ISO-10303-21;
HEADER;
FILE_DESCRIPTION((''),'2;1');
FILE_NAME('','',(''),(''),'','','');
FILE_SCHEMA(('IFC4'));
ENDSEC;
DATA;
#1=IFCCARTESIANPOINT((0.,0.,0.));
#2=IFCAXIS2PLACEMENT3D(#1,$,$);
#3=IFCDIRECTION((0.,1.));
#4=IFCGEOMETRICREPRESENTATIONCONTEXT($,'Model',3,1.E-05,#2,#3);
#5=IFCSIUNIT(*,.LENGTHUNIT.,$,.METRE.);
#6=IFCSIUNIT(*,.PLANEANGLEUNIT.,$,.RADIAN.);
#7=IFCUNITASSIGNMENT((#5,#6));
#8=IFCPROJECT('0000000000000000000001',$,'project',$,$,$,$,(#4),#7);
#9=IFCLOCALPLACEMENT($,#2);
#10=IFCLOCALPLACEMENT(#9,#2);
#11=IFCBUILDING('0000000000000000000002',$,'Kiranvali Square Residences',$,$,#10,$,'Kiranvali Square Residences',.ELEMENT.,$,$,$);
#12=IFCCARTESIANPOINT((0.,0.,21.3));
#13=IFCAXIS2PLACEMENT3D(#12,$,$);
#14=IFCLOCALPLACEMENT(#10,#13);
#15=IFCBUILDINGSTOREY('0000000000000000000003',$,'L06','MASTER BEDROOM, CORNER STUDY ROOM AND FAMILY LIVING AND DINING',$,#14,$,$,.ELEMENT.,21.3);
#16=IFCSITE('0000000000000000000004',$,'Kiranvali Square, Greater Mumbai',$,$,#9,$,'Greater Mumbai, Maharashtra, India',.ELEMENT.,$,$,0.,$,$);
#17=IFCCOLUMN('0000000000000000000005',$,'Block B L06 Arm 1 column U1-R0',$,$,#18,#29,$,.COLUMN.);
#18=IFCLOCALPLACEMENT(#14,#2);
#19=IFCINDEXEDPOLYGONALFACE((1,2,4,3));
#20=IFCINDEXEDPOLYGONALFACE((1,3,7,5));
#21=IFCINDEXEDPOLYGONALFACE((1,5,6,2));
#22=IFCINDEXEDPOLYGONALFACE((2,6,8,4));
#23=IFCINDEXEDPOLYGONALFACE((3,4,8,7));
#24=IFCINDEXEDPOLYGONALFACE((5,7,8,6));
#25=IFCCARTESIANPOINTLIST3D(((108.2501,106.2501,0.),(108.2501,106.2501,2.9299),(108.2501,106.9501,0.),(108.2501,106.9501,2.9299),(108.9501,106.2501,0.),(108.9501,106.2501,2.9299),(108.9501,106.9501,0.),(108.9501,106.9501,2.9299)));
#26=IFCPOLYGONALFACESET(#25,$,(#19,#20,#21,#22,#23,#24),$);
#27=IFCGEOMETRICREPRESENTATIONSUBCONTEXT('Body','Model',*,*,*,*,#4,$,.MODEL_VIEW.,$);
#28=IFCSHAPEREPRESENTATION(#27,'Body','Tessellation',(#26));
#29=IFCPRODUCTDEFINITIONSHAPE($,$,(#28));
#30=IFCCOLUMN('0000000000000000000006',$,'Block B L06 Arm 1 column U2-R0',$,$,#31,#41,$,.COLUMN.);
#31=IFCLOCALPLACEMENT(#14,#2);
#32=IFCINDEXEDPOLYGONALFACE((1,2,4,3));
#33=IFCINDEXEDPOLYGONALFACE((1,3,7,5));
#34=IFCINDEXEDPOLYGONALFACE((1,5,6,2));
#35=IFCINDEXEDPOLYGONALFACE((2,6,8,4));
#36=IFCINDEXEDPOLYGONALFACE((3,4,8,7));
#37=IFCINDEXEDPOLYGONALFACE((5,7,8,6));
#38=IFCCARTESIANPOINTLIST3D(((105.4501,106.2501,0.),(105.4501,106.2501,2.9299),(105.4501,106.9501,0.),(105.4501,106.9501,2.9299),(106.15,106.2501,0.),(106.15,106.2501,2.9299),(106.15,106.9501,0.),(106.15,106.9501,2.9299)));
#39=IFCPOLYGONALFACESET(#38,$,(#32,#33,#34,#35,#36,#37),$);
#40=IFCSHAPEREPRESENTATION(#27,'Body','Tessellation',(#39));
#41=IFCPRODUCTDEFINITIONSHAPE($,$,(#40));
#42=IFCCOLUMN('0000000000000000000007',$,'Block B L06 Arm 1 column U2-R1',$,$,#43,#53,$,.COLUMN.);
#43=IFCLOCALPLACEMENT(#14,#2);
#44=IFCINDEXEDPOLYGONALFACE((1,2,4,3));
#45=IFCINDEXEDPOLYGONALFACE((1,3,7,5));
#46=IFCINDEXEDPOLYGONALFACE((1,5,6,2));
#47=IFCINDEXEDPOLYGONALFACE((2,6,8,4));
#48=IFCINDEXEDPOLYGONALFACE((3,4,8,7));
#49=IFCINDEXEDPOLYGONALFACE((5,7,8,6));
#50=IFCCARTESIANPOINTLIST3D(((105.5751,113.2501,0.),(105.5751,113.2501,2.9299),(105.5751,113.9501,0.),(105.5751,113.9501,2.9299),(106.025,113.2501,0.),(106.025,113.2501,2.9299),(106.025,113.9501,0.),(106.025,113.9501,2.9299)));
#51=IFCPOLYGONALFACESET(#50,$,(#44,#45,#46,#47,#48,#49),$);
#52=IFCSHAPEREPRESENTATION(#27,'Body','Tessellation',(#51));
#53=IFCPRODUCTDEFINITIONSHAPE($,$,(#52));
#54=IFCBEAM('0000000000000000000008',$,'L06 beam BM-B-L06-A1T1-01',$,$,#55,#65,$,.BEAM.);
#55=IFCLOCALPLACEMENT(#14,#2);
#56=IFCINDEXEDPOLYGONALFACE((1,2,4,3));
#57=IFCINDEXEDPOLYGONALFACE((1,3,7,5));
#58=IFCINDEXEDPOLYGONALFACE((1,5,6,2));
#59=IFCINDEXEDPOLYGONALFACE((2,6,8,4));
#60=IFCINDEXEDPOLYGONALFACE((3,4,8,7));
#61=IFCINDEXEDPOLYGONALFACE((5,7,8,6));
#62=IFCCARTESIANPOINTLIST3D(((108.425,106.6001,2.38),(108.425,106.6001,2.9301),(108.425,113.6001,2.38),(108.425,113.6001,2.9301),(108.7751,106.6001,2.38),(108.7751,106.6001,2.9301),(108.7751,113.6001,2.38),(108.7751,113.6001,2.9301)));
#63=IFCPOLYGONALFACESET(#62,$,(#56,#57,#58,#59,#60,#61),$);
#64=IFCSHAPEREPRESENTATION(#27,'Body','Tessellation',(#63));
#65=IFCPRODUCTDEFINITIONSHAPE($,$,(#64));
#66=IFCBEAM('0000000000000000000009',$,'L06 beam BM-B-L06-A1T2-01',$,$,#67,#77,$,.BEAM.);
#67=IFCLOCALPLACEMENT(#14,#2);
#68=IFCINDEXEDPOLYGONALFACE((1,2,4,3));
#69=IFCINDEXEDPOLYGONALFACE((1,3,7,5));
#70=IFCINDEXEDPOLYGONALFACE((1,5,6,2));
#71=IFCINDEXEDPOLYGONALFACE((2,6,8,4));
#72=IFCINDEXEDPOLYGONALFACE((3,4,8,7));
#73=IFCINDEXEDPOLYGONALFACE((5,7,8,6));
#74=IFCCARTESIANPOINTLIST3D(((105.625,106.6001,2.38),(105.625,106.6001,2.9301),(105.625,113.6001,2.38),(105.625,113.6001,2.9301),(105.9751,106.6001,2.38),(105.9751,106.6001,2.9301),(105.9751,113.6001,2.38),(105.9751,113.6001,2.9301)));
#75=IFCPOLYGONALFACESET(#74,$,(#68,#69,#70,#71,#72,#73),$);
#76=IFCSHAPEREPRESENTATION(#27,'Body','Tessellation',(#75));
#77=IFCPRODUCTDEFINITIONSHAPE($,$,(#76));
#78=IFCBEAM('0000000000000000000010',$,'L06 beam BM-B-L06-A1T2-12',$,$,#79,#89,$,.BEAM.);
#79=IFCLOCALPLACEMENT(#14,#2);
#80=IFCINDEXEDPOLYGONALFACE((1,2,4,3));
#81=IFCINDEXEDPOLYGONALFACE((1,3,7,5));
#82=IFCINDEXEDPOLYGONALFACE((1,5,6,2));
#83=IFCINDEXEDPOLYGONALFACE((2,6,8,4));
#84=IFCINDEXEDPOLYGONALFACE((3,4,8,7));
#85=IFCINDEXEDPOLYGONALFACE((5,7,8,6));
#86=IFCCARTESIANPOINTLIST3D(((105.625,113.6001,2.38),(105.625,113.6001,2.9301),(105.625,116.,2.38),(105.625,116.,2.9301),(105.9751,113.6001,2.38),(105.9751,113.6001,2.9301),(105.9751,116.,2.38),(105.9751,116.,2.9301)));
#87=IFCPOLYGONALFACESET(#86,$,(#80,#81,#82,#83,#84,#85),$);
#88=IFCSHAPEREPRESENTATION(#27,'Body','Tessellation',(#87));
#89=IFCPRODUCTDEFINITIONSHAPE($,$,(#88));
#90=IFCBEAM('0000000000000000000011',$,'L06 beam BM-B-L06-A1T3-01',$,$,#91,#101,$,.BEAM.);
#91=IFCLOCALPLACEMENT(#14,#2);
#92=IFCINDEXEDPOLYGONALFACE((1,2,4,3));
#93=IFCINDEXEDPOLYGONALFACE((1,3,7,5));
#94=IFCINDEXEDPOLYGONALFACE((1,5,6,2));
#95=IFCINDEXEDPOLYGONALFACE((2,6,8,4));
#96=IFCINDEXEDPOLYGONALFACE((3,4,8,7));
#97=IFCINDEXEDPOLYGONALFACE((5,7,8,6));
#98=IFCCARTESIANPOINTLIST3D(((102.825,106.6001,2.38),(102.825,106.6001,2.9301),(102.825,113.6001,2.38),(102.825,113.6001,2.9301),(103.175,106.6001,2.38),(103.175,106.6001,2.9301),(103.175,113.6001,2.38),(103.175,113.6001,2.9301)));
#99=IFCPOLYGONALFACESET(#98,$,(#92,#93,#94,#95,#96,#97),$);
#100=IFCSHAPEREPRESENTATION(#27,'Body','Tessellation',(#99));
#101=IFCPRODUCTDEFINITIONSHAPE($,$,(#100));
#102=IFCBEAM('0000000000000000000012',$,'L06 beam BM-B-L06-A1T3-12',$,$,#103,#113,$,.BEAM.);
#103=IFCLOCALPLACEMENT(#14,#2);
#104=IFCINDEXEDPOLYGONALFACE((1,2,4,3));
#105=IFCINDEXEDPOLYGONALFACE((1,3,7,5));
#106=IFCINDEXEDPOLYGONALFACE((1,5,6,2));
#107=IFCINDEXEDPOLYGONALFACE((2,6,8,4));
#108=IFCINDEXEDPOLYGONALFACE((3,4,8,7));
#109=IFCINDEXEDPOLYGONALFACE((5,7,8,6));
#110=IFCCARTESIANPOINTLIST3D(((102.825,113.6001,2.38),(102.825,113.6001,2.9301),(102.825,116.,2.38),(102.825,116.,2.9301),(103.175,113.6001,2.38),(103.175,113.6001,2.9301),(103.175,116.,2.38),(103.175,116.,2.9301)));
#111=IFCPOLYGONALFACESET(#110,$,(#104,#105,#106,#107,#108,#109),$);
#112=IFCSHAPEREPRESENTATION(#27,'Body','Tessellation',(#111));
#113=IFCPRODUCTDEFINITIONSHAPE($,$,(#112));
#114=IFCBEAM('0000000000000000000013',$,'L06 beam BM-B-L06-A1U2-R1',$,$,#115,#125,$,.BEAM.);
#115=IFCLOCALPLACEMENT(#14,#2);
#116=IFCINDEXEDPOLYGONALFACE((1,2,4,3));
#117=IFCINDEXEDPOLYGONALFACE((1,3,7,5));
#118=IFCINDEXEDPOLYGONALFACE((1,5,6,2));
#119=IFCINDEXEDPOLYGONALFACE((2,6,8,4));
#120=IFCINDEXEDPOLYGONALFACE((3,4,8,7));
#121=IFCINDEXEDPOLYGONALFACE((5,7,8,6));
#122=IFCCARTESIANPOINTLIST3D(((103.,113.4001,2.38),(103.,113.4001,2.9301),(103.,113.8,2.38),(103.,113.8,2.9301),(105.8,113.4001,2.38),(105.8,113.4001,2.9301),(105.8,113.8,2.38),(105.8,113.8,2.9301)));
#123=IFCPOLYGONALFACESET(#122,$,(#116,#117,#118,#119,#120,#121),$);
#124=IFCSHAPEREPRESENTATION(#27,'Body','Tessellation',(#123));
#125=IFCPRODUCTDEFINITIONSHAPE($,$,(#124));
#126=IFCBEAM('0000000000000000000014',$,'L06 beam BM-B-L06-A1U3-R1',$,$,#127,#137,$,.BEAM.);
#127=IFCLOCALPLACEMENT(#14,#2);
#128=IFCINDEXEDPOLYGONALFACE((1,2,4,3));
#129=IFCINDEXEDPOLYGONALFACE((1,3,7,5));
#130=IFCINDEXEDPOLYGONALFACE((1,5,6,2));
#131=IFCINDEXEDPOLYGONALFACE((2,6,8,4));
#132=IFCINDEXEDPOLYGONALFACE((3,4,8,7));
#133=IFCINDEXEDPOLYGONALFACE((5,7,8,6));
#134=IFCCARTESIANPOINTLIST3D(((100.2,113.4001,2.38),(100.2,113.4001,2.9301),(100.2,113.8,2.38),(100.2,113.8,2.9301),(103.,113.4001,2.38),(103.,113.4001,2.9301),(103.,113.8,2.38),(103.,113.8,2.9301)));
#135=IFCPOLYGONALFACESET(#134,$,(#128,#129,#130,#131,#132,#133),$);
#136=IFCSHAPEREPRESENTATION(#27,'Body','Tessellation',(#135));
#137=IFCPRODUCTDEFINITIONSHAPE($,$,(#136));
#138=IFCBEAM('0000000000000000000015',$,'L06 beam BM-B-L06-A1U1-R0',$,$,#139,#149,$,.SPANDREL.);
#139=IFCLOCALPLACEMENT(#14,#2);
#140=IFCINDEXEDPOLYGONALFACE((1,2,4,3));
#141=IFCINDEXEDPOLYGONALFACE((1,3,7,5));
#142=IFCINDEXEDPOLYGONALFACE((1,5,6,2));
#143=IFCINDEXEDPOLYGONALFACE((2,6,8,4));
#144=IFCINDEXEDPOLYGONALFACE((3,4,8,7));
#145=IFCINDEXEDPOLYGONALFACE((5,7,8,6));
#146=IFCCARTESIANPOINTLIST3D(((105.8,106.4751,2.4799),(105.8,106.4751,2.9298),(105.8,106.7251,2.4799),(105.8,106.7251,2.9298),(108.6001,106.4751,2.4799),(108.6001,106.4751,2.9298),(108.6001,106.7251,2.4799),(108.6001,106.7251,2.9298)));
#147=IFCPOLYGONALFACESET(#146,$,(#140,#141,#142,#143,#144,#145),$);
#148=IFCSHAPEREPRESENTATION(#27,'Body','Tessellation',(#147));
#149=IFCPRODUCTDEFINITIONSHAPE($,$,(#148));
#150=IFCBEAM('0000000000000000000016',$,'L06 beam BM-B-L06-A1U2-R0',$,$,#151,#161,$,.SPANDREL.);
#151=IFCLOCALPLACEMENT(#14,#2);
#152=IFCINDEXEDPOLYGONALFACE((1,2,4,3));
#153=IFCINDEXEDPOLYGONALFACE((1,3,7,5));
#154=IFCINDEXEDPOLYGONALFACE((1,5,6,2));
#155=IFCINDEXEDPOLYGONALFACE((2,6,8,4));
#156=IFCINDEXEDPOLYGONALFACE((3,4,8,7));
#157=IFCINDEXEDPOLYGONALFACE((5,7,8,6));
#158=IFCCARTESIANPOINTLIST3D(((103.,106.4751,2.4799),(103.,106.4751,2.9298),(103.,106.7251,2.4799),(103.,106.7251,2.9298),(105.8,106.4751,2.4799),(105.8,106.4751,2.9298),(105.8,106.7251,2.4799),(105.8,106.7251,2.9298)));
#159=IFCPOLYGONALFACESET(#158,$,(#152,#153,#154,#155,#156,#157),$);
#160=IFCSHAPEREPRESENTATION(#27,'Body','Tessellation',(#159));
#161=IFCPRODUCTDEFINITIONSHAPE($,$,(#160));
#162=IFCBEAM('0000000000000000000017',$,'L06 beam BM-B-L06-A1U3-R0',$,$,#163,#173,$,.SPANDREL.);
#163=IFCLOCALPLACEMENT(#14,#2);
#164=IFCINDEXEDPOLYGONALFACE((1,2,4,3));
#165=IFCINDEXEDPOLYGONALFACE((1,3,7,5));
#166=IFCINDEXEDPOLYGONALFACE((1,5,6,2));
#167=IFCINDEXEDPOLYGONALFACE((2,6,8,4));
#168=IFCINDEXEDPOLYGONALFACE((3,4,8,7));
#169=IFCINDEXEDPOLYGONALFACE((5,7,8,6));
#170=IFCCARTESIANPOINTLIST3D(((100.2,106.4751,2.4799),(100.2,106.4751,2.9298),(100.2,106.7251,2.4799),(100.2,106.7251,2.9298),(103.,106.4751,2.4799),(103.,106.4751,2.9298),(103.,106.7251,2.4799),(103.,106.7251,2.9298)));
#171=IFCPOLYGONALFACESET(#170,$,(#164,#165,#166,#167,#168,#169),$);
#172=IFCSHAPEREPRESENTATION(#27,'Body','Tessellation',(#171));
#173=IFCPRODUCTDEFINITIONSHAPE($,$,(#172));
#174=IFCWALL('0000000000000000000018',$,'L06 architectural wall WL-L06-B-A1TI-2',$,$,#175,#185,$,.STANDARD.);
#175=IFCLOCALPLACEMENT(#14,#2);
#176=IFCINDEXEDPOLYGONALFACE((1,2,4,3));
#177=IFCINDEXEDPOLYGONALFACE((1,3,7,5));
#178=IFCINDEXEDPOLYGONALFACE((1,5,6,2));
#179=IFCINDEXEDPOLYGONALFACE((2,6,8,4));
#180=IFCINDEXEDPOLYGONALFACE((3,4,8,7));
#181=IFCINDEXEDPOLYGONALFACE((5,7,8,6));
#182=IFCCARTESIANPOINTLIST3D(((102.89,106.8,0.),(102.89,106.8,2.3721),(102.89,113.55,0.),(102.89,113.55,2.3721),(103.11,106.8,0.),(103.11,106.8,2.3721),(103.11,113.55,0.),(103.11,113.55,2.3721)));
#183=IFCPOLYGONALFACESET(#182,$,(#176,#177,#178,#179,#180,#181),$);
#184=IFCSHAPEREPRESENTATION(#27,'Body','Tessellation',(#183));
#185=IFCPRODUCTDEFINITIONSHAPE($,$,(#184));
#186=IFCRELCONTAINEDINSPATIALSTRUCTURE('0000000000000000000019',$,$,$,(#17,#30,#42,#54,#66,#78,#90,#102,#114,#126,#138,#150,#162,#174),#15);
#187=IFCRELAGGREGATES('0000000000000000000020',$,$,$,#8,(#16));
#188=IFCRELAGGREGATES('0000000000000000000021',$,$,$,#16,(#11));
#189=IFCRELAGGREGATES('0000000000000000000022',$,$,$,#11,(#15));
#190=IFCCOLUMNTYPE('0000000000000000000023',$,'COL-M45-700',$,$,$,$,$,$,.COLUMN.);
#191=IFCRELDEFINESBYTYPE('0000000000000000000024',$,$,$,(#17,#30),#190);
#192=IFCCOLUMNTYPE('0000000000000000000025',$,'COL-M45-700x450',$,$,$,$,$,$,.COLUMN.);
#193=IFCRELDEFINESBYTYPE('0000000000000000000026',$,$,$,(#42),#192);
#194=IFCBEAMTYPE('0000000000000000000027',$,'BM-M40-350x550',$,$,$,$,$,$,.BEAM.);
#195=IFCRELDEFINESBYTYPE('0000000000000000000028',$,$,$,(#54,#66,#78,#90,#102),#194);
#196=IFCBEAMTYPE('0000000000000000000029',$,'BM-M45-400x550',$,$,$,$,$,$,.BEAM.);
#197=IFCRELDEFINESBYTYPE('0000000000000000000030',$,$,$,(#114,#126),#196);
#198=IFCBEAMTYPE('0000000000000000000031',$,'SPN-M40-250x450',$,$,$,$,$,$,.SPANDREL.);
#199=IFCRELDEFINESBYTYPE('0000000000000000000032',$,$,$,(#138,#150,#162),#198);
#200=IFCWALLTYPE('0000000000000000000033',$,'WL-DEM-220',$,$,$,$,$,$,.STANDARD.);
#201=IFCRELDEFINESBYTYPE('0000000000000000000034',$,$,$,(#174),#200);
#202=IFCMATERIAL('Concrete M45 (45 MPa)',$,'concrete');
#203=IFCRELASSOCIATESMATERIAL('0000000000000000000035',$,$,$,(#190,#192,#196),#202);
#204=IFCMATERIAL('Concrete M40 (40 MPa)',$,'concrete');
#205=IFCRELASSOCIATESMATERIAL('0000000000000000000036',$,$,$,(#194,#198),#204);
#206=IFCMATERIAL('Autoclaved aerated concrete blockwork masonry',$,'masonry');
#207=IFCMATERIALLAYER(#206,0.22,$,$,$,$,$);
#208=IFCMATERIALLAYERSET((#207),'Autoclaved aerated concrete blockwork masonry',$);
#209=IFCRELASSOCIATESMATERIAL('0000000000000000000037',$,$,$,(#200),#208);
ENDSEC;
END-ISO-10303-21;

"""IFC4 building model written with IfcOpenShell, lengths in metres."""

from ifc_helpers import new_model, si_unit, direction, frame, frame_2d, origin, origin_2d, place, context, subcontext, project, spatial, rectangle, extrude, material, layer, layer_set, material_profile, profile_set, type_object, element, save


model = new_model("IFC4")

# Units and contexts
model_context = context("Model", 3, precision=1e-05, world=origin(), true_north=direction((0.0, 1.0)))
body_context = subcontext(model_context, "Body", "Model", "MODEL_VIEW")
ifc_project = project(units=[si_unit("LENGTHUNIT", "METRE"), si_unit("PLANEANGLEUNIT", "RADIAN")], contexts=[model_context])

# Site, building, storey
site_placement = place(None, origin())
site = spatial("IfcSite", under=ifc_project, at=site_placement, Name="Kiranvali Square, Greater Mumbai", LongName="Greater Mumbai, Maharashtra, India", CompositionType="ELEMENT", RefElevation=0.0)
building_placement = place(site_placement, origin())
building = spatial("IfcBuilding", under=site, at=building_placement, Name="Kiranvali Square Residences", LongName="Kiranvali Square Residences", CompositionType="ELEMENT")
storey_placement = place(building_placement, frame((0.0, 0.0, 21.3)))
storey = spatial("IfcBuildingStorey", under=building, at=storey_placement, Name="L06", Description="MASTER BEDROOM, CORNER STUDY ROOM AND FAMILY LIVING AND DINING", CompositionType="ELEMENT", Elevation=21.3)

# Columns
ifc_material_1 = material(Name="Concrete M45 (45 MPa)", Category="concrete")
ifc_material_profile_1 = material_profile(ifc_material_1, rectangle(XDim=0.7, YDim=0.7, at=origin_2d()), Name="RC 700x700")
ifc_profile_set_1 = profile_set([ifc_material_profile_1], Name="Concrete M45 (45 MPa)")
column_type_1 = type_object("IfcColumnType", Name="COL-M45-700", PredefinedType="COLUMN", material=ifc_profile_set_1)
for number, where, z_axis, x_axis, name in (
    (1, (108.6001, 106.6001, 0.0), (0.0, 0.0, 1.0), (1.0, 0.0, 0.0), "Block B L06 Arm 1 column U1-R0"),
    (2, (105.8, 106.6001, 0.0), (0.0, 0.0, 1.0), (1.0, 0.0, 0.0), "Block B L06 Arm 1 column U2-R0"),
):
    element("IfcColumn", number, at=place(storey_placement, frame(where, z_axis=z_axis, x_axis=x_axis)), inside=storey, type_object=column_type_1, Name=name, PredefinedType="COLUMN", context=body_context, shape_type="SweptSolid", body=[
        extrude(rectangle(XDim=0.7, YDim=0.7, at=origin_2d()), origin(), (0.0, 0.0, 1.0), 2.9299),
    ])
ifc_material_profile_2 = material_profile(ifc_material_1, rectangle(XDim=0.45, YDim=0.7, at=origin_2d()), Name="RC 700x450")
ifc_profile_set_2 = profile_set([ifc_material_profile_2], Name="Concrete M45 (45 MPa)")
column_type_2 = type_object("IfcColumnType", Name="COL-M45-700x450", PredefinedType="COLUMN", material=ifc_profile_set_2)
column_placement = place(storey_placement, frame((105.8, 113.6001, 0.0), z_axis=(0.0, 0.0, 1.0), x_axis=(1.0, 0.0, 0.0)))
element("IfcColumn", 3, at=column_placement, inside=storey, type_object=column_type_2, Name="Block B L06 Arm 1 column U2-R1", PredefinedType="COLUMN", context=body_context, shape_type="SweptSolid", body=[
    extrude(rectangle(XDim=0.45, YDim=0.7, at=origin_2d()), origin(), (0.0, 0.0, 1.0), 2.9299),
])

# Beams
ifc_material_2 = material(Name="Concrete M40 (40 MPa)", Category="concrete")
ifc_material_profile_3 = material_profile(ifc_material_2, rectangle(XDim=0.3501, YDim=0.55, at=origin_2d()), Name="RC 350x550")
ifc_profile_set_3 = profile_set([ifc_material_profile_3], Name="Concrete M40 (40 MPa)")
beam_type_1 = type_object("IfcBeamType", Name="BM-M40-350x550", PredefinedType="BEAM", material=ifc_profile_set_3)
for number, where, z_axis, x_axis, name in (
    (4, (108.6001, 106.6001, 2.655), (0.0, 1.0, 0.0), (-1.0, 0.0, 0.0), "L06 beam BM-B-L06-A1T1-01"),
    (5, (105.8, 106.6001, 2.655), (0.0, 1.0, 0.0), (-1.0, 0.0, 0.0), "L06 beam BM-B-L06-A1T2-01"),
):
    element("IfcBeam", number, at=place(storey_placement, frame(where, z_axis=z_axis, x_axis=x_axis)), inside=storey, type_object=beam_type_1, Name=name, PredefinedType="BEAM", context=body_context, shape_type="SweptSolid", body=[
        extrude(rectangle(XDim=0.3501, YDim=0.55, at=origin_2d()), origin(), (0.0, 0.0, 1.0), 7.0),
    ])
beam_1_placement = place(storey_placement, frame((105.8, 113.6001, 2.655), z_axis=(0.0, 1.0, 0.0), x_axis=(-1.0, 0.0, 0.0)))
element("IfcBeam", 6, at=beam_1_placement, inside=storey, type_object=beam_type_1, Name="L06 beam BM-B-L06-A1T2-12", PredefinedType="BEAM", context=body_context, shape_type="SweptSolid", body=[
    extrude(rectangle(XDim=0.3501, YDim=0.55, at=origin_2d()), origin(), (0.0, 0.0, 1.0), 2.3999),
])
beam_2_placement = place(storey_placement, frame((103.0, 106.6001, 2.655), z_axis=(0.0, 1.0, 0.0), x_axis=(-1.0, 0.0, 0.0)))
element("IfcBeam", 7, at=beam_2_placement, inside=storey, type_object=beam_type_1, Name="L06 beam BM-B-L06-A1T3-01", PredefinedType="BEAM", context=body_context, shape_type="SweptSolid", body=[
    extrude(rectangle(XDim=0.3501, YDim=0.55, at=origin_2d()), origin(), (0.0, 0.0, 1.0), 7.0),
])
beam_3_placement = place(storey_placement, frame((103.0, 113.6001, 2.655), z_axis=(0.0, 1.0, 0.0), x_axis=(-1.0, 0.0, 0.0)))
element("IfcBeam", 8, at=beam_3_placement, inside=storey, type_object=beam_type_1, Name="L06 beam BM-B-L06-A1T3-12", PredefinedType="BEAM", context=body_context, shape_type="SweptSolid", body=[
    extrude(rectangle(XDim=0.3501, YDim=0.55, at=origin_2d()), origin(), (0.0, 0.0, 1.0), 2.3999),
])
ifc_material_profile_4 = material_profile(ifc_material_1, rectangle(XDim=0.3999, YDim=0.55, at=origin_2d()), Name="RC 400x550")
ifc_profile_set_4 = profile_set([ifc_material_profile_4], Name="Concrete M45 (45 MPa)")
beam_type_2 = type_object("IfcBeamType", Name="BM-M45-400x550", PredefinedType="BEAM", material=ifc_profile_set_4)
for number, where, z_axis, x_axis, name in (
    (9, (105.8, 113.6001, 2.655), (-1.0, 0.0, 0.0), (0.0, -1.0, 0.0), "L06 beam BM-B-L06-A1U2-R1"),
    (10, (103.0, 113.6001, 2.655), (-1.0, 0.0, 0.0), (0.0, -1.0, 0.0), "L06 beam BM-B-L06-A1U3-R1"),
):
    element("IfcBeam", number, at=place(storey_placement, frame(where, z_axis=z_axis, x_axis=x_axis)), inside=storey, type_object=beam_type_2, Name=name, PredefinedType="BEAM", context=body_context, shape_type="SweptSolid", body=[
        extrude(rectangle(XDim=0.3999, YDim=0.55, at=origin_2d()), origin(), (0.0, 0.0, 1.0), 2.8),
    ])
ifc_material_profile_5 = material_profile(ifc_material_2, rectangle(XDim=0.25, YDim=0.45, at=origin_2d()), Name="RC 250x450")
ifc_profile_set_5 = profile_set([ifc_material_profile_5], Name="Concrete M40 (40 MPa)")
beam_type_3 = type_object("IfcBeamType", Name="SPN-M40-250x450", PredefinedType="SPANDREL", material=ifc_profile_set_5)
for number, where, z_axis, x_axis, name in (
    (11, (108.6001, 106.6001, 2.7048), (-1.0, 0.0, 0.0), (0.0, -1.0, 0.0), "L06 beam BM-B-L06-A1U1-R0"),
    (12, (105.8, 106.6001, 2.7048), (-1.0, 0.0, 0.0), (0.0, -1.0, 0.0), "L06 beam BM-B-L06-A1U2-R0"),
    (13, (103.0, 106.6001, 2.7048), (-1.0, 0.0, 0.0), (0.0, -1.0, 0.0), "L06 beam BM-B-L06-A1U3-R0"),
):
    element("IfcBeam", number, at=place(storey_placement, frame(where, z_axis=z_axis, x_axis=x_axis)), inside=storey, type_object=beam_type_3, Name=name, PredefinedType="SPANDREL", context=body_context, shape_type="SweptSolid", body=[
        extrude(rectangle(XDim=0.25, YDim=0.45, at=origin_2d()), origin(), (0.0, 0.0, 1.0), 2.8),
    ])

# Shared definitions
ifc_material_3 = material(Name="Autoclaved aerated concrete blockwork masonry", Category="masonry")

# Wall
ifc_layer_1 = layer(ifc_material_3, 0.22)
ifc_layer_set_1 = layer_set([ifc_layer_1], Name="Autoclaved aerated concrete blockwork masonry")
wall_type_1 = type_object("IfcWallType", Name="WL-DEM-220", PredefinedType="STANDARD", material=ifc_layer_set_1)
wall_1_placement = place(storey_placement, frame((103.0, 106.8, 0.0), z_axis=(0.0, 0.0, 1.0), x_axis=(0.0, 1.0, 0.0)))
element("IfcWall", 14, at=wall_1_placement, inside=storey, type_object=wall_type_1, Name="L06 architectural wall WL-L06-B-A1TI-2", PredefinedType="STANDARD", context=body_context, shape_type="SweptSolid", body=[
    extrude(rectangle(XDim=6.75, YDim=0.22, at=frame_2d((3.375, 0.0))), origin(), (0.0, 0.0, 1.0), 2.3721),
])

save(model, "model.ifc")
